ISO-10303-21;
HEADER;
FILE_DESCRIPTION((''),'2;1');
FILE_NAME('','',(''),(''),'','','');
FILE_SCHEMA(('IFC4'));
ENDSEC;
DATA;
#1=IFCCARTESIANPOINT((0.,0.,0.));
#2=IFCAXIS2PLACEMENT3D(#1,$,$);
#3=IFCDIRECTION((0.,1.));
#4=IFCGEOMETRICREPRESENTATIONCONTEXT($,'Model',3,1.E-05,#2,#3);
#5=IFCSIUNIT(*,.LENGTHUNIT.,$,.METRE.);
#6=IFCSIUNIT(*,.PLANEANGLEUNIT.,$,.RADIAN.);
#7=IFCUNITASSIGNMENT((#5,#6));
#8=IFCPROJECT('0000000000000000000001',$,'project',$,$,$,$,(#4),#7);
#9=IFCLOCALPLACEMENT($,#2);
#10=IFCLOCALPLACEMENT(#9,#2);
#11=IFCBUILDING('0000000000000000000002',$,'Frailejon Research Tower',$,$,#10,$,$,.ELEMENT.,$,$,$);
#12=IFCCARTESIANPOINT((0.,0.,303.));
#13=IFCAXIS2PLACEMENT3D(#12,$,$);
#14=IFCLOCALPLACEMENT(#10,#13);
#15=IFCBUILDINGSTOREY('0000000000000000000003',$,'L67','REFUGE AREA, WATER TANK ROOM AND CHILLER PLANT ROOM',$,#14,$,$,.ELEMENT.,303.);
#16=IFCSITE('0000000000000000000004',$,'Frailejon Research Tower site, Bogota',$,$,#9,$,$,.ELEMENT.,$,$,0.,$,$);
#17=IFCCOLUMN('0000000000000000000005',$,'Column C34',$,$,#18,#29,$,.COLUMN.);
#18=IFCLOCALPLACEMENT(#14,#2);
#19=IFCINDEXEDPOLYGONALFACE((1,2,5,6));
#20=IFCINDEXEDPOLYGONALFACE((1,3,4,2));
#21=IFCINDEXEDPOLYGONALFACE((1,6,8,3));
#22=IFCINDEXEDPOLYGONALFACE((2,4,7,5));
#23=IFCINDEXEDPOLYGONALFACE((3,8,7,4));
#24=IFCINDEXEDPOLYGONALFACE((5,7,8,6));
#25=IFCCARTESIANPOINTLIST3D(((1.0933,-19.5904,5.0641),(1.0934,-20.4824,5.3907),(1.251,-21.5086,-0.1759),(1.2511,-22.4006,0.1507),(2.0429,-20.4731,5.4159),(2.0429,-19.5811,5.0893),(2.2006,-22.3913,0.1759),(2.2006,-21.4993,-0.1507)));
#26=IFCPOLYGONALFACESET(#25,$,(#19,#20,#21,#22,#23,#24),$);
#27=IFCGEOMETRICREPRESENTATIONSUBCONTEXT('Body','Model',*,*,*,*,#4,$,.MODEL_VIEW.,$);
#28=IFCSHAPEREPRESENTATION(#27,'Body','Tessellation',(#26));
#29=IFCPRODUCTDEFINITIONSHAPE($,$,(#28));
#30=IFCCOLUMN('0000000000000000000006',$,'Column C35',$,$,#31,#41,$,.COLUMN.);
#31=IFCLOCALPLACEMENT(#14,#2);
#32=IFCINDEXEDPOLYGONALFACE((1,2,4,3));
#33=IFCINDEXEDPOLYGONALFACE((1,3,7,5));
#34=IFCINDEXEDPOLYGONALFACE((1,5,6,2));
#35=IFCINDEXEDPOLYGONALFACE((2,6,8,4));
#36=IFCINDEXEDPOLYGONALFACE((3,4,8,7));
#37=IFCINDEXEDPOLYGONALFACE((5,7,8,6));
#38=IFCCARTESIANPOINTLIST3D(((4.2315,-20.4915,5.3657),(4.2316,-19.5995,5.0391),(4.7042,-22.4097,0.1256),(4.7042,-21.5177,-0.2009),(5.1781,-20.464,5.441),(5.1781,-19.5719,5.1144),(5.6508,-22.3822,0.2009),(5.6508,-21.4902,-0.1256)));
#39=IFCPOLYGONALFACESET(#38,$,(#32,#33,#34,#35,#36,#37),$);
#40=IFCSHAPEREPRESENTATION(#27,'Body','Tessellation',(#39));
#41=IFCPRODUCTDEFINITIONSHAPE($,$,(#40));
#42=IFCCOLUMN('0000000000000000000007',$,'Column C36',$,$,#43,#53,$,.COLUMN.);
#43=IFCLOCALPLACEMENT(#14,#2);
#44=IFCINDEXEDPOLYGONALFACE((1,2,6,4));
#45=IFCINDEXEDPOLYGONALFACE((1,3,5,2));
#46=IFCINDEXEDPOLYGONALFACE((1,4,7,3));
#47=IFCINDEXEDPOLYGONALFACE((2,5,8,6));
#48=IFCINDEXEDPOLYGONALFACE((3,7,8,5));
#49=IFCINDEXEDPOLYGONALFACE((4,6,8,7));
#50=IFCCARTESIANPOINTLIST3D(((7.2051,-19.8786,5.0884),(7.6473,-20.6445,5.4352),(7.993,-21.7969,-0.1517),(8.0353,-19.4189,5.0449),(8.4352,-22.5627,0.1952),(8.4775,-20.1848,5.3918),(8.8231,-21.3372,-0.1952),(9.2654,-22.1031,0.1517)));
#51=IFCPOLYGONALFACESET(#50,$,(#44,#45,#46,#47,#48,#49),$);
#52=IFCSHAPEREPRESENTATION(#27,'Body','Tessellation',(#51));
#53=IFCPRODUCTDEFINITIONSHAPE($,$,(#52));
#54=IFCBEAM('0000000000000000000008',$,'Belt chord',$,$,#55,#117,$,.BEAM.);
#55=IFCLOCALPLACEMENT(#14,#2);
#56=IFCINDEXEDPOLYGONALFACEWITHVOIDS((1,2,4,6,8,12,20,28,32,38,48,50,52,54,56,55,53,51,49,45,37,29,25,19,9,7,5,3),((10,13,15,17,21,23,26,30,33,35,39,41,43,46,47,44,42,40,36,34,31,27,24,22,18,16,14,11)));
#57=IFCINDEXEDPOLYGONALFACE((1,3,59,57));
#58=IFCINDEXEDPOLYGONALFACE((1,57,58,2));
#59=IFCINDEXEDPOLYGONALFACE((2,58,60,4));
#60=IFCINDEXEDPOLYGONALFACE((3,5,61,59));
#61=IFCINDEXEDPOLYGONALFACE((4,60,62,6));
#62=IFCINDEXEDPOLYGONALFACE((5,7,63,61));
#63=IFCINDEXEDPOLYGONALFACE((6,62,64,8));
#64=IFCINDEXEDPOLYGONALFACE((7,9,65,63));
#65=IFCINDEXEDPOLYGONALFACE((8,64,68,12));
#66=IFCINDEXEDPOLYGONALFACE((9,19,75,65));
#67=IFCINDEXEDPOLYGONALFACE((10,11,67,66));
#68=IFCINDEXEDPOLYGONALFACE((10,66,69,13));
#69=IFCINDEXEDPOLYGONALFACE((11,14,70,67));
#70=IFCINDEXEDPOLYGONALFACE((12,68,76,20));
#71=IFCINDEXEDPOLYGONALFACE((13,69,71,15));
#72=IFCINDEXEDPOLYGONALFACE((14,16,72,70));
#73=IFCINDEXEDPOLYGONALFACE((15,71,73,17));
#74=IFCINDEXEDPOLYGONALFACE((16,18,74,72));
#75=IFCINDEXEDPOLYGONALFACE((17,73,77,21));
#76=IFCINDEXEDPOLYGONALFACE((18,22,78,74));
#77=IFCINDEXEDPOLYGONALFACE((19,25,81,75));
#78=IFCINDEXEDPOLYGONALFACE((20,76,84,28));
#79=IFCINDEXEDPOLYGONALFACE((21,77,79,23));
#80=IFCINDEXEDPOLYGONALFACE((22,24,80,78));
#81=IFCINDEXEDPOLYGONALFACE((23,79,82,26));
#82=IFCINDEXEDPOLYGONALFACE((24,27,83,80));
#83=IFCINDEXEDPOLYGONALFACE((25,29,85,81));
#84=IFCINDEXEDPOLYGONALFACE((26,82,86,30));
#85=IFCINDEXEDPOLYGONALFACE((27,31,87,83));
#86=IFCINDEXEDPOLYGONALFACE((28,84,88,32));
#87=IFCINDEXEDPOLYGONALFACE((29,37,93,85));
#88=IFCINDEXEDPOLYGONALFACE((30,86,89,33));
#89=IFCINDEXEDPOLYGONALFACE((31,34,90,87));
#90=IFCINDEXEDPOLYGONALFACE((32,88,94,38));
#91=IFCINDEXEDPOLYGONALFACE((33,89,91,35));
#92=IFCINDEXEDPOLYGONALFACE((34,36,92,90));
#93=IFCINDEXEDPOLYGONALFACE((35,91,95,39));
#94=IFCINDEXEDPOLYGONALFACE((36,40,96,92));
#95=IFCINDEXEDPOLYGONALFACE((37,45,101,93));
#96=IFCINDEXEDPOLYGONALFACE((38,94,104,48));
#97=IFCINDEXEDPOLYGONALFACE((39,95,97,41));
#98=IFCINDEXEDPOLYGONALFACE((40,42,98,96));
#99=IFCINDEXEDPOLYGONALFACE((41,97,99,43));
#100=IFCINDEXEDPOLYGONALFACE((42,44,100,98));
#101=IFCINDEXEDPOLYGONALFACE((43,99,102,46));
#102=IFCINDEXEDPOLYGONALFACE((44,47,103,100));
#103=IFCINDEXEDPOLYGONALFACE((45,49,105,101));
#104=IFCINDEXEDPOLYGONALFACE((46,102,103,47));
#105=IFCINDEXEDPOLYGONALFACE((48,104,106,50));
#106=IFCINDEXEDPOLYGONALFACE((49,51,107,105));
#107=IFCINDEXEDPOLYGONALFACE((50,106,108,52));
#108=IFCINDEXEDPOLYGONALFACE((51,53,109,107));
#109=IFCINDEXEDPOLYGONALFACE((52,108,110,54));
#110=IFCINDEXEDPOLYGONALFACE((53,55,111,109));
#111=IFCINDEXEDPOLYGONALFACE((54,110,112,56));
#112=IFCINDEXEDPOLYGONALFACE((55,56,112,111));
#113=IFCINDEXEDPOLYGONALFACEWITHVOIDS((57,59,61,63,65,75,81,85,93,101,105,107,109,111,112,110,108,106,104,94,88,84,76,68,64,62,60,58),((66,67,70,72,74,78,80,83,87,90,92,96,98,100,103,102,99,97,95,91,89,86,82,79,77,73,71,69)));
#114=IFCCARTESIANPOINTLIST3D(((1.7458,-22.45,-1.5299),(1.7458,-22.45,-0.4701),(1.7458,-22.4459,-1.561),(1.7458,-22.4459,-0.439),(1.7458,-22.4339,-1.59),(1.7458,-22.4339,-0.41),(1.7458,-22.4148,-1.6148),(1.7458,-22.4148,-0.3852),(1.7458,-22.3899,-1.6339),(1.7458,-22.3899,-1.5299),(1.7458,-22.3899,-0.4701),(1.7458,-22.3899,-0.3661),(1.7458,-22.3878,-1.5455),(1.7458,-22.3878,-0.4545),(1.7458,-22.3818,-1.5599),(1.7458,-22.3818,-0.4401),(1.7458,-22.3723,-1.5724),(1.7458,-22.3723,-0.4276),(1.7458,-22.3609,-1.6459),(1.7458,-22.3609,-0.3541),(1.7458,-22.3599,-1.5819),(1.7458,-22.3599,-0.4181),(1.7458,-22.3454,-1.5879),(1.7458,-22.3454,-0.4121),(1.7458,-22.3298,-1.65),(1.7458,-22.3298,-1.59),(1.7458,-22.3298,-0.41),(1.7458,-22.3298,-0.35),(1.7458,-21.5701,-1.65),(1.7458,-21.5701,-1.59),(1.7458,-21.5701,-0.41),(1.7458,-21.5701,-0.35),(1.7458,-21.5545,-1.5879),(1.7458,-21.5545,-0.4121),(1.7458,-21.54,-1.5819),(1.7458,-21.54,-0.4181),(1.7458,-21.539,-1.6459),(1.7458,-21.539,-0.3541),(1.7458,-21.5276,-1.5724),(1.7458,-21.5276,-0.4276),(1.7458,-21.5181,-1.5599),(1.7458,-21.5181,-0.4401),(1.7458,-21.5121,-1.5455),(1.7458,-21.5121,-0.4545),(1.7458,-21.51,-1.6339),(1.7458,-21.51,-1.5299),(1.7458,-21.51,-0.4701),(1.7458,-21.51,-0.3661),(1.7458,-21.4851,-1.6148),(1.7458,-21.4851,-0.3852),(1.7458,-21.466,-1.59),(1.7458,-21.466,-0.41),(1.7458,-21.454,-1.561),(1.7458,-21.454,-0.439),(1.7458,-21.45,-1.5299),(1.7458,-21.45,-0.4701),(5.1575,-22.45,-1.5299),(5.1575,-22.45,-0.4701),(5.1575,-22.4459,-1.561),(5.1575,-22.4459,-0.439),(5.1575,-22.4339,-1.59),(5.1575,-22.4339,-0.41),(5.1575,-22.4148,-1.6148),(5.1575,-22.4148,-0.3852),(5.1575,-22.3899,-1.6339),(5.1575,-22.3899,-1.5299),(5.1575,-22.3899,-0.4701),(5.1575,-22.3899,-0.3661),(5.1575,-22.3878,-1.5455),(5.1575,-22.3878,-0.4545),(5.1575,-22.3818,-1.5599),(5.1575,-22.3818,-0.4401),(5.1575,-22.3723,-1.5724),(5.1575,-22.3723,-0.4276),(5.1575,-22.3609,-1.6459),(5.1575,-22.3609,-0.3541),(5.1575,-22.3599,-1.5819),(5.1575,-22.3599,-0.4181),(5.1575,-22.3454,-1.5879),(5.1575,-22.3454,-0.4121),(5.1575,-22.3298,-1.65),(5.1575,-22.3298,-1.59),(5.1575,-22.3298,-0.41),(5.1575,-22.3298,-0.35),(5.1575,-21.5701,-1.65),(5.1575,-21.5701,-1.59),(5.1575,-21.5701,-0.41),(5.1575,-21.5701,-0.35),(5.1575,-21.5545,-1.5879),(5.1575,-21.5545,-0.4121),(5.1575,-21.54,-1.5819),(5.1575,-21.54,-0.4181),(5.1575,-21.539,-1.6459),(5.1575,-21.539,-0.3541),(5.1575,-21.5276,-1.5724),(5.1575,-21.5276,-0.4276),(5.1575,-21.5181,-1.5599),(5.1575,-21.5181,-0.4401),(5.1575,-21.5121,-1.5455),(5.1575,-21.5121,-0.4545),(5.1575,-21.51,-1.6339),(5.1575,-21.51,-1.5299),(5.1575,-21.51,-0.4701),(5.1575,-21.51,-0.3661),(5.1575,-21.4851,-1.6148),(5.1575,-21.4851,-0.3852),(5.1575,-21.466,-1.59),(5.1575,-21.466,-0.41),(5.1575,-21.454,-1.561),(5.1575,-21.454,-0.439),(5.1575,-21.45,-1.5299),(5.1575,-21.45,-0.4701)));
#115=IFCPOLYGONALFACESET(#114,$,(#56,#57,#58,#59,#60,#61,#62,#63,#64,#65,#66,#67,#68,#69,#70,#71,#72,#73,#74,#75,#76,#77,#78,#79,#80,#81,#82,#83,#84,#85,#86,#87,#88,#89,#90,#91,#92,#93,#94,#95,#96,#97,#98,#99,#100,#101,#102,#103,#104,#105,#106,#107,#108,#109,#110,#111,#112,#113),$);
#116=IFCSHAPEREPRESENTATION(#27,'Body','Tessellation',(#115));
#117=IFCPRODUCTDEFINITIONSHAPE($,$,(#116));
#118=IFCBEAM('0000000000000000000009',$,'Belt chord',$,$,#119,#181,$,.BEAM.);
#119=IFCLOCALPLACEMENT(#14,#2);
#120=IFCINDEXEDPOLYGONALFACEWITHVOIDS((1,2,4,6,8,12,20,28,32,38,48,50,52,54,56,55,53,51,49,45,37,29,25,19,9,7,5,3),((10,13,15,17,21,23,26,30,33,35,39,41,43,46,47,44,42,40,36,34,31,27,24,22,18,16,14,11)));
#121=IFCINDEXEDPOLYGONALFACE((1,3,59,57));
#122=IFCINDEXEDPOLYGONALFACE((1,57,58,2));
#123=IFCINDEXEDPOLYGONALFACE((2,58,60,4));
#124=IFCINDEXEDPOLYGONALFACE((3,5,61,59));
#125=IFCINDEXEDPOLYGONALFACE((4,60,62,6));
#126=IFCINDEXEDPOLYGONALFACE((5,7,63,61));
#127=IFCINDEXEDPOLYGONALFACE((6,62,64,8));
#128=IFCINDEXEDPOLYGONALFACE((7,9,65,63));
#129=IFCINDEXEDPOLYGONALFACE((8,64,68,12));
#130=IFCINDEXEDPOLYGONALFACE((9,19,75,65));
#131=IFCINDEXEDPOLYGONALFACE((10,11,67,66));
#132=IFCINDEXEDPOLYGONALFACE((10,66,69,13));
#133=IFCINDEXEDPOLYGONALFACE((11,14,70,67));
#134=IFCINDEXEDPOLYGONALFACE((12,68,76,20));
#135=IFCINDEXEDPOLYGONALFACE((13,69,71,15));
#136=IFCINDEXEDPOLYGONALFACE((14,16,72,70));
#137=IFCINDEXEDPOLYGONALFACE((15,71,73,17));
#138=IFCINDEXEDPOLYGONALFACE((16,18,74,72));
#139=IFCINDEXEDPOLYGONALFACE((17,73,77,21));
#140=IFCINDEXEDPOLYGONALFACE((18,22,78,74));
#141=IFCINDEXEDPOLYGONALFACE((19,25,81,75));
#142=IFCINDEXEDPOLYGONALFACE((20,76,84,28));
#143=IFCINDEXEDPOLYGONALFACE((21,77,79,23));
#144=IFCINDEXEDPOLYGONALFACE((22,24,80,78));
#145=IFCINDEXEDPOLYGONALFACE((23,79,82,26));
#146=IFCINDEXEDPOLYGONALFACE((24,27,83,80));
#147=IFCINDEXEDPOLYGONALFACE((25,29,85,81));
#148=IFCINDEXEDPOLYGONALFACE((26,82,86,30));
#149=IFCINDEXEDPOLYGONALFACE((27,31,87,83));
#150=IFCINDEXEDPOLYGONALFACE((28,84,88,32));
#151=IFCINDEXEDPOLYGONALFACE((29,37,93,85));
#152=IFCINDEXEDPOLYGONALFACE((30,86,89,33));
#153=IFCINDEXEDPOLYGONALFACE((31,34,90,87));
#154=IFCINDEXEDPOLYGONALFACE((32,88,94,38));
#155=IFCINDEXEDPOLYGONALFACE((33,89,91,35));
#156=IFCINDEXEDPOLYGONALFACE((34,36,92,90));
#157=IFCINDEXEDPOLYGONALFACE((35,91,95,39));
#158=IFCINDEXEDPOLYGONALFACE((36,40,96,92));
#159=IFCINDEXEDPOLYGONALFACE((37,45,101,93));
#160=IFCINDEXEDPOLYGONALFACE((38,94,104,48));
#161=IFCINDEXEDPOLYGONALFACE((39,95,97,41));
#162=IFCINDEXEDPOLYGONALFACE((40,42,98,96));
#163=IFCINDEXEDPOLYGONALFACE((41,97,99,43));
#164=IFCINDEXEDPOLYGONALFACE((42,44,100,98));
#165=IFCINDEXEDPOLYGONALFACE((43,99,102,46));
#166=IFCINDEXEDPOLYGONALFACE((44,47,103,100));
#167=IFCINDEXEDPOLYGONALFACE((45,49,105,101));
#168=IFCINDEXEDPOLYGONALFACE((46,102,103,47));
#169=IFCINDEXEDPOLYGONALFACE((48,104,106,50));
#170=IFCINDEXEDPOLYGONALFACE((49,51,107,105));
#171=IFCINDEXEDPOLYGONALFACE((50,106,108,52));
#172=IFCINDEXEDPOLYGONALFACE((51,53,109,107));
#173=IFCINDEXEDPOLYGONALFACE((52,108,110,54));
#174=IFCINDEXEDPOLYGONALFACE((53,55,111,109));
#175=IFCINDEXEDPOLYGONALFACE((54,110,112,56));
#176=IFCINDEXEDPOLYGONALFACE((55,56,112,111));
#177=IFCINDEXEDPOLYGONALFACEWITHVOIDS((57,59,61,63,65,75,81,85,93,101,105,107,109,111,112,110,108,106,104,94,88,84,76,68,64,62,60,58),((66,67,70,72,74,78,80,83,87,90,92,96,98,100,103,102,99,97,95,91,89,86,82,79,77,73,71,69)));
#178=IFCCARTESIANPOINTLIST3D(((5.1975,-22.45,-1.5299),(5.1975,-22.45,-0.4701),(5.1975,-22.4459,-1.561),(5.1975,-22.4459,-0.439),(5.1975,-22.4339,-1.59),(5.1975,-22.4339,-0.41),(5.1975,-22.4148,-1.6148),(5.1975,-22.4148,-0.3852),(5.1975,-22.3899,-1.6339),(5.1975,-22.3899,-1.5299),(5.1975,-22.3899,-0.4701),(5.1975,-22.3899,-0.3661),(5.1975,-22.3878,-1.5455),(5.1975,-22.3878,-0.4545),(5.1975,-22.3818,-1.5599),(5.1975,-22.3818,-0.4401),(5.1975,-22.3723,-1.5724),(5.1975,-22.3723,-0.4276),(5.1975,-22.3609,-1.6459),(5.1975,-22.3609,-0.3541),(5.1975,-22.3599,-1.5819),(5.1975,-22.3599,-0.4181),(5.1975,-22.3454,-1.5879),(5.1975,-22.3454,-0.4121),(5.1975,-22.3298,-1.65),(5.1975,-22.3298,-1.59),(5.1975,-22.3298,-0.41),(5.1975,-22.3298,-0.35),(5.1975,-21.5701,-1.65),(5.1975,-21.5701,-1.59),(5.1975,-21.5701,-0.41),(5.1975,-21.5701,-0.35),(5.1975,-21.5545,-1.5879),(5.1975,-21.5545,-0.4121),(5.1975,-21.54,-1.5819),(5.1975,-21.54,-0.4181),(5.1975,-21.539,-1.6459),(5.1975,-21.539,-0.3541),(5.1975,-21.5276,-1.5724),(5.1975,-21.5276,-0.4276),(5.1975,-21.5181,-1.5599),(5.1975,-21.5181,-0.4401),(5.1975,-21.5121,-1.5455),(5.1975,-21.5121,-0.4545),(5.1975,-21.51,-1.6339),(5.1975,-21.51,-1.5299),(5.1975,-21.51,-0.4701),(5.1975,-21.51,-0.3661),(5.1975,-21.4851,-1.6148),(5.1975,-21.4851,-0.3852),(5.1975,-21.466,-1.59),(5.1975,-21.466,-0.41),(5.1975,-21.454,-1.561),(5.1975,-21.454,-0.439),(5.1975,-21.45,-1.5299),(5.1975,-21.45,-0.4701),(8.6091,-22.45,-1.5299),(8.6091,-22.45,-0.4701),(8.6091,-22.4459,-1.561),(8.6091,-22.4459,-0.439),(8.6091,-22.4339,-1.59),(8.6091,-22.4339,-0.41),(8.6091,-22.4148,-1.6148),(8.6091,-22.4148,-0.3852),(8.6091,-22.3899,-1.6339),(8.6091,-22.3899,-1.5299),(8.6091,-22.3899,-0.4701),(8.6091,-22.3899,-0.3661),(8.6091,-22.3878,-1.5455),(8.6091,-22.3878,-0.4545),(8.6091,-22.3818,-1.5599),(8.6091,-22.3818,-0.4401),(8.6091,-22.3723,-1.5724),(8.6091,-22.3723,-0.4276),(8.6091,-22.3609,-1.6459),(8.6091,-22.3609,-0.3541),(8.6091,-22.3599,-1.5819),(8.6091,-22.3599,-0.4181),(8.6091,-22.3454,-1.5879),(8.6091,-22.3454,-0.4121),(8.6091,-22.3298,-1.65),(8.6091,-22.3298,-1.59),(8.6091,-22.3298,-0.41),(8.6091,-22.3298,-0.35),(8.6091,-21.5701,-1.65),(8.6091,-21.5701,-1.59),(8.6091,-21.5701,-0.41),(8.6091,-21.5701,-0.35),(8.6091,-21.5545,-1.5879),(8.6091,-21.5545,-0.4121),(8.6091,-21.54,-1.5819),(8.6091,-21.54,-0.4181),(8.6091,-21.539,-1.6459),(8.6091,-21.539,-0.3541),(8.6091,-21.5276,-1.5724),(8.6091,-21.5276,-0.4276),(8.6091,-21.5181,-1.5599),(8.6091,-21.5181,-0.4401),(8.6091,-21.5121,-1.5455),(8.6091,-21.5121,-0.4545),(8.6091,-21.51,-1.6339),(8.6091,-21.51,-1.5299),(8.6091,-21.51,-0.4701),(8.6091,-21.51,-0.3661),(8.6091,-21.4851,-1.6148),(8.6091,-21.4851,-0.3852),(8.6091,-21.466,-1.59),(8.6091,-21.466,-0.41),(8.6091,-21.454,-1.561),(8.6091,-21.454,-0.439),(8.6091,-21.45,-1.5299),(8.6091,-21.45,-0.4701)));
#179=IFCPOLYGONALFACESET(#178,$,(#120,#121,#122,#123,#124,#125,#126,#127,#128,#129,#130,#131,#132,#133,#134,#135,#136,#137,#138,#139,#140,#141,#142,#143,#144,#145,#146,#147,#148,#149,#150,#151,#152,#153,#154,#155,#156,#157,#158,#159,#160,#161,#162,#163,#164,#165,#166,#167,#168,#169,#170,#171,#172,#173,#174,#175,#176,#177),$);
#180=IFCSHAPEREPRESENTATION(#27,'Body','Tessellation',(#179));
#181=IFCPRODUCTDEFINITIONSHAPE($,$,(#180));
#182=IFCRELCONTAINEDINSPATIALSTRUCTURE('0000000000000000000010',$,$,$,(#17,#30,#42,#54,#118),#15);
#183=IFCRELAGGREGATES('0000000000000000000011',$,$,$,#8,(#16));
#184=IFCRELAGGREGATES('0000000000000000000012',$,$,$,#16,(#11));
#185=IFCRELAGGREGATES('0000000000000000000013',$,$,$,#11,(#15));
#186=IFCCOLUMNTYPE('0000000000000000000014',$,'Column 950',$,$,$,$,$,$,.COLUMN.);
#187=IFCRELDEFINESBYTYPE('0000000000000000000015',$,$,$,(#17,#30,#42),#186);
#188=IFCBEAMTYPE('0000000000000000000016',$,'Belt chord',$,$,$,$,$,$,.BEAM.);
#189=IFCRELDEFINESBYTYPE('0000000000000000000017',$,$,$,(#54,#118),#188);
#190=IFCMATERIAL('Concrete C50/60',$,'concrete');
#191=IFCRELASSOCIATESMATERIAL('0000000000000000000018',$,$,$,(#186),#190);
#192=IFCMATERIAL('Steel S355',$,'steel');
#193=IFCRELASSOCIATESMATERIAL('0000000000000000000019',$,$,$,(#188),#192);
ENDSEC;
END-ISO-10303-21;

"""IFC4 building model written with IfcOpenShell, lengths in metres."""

from ifc_helpers import new_model, si_unit, direction, frame, origin, origin_2d, place, context, subcontext, project, spatial, rectangle, hollow_rectangle, extrude, material, material_profile, profile_set, type_object, element, save


model = new_model("IFC4")

# Units and contexts
model_context = context("Model", 3, precision=1e-05, world=origin(), true_north=direction((0.0, 1.0)))
body_context = subcontext(model_context, "Body", "Model", "MODEL_VIEW")
ifc_project = project(units=[si_unit("LENGTHUNIT", "METRE"), si_unit("PLANEANGLEUNIT", "RADIAN")], contexts=[model_context])

# Site, building, storey
site_placement = place(None, origin())
site = spatial("IfcSite", under=ifc_project, at=site_placement, Name="Frailejon Research Tower site, Bogota", CompositionType="ELEMENT", RefElevation=0.0)
building_placement = place(site_placement, origin())
building = spatial("IfcBuilding", under=site, at=building_placement, Name="Frailejon Research Tower", CompositionType="ELEMENT")
storey_placement = place(building_placement, frame((0.0, 0.0, 303.0)))
storey = spatial("IfcBuildingStorey", under=building, at=storey_placement, Name="L67", Description="REFUGE AREA, WATER TANK ROOM AND CHILLER PLANT ROOM", CompositionType="ELEMENT", Elevation=303.0)

# Columns
ifc_material_1 = material(Name="Concrete C50/60", Category="concrete")
ifc_material_profile_1 = material_profile(ifc_material_1, rectangle(XDim=0.95, YDim=0.95, at=origin_2d()), Name="Column 950")
ifc_profile_set_1 = profile_set([ifc_material_profile_1], Name="Concrete C50/60")
column_type = type_object("IfcColumnType", Name="Column 950", PredefinedType="COLUMN", material=ifc_profile_set_1)
column_1_placement = place(storey_placement, frame((1.7258, -21.95, 0.0), z_axis=(-0.028253, 0.343625, 0.938682), x_axis=(0.999601, 0.009777, 0.026507)))
element("IfcColumn", 1, at=column_1_placement, inside=storey, type_object=column_type, Name="Column C34", PredefinedType="COLUMN", context=body_context, shape_type="SweptSolid", body=[
    extrude(rectangle(XDim=0.95, YDim=0.95, at=origin_2d()), origin(), (0.0, 0.0, 1.0), 5.5823),
])
column_2_placement = place(storey_placement, frame((5.1775, -21.95, 0.0), z_axis=(-0.084402, 0.342536, 0.935706), x_axis=(0.996432, 0.028986, 0.079269)))
element("IfcColumn", 2, at=column_2_placement, inside=storey, type_object=column_type, Name="Column C35", PredefinedType="COLUMN", context=body_context, shape_type="SweptSolid", body=[
    extrude(rectangle(XDim=0.95, YDim=0.95, at=origin_2d()), origin(), (0.0, 0.0, 1.0), 5.6001),
])
column_3_placement = place(storey_placement, frame((8.6292, -21.95, 0.0), z_axis=(-0.139802, 0.340386, 0.929835), x_axis=(0.873935, 0.483886, -0.045739)))
element("IfcColumn", 3, at=column_3_placement, inside=storey, type_object=column_type, Name="Column C36", PredefinedType="COLUMN", context=body_context, shape_type="SweptSolid", body=[
    extrude(rectangle(XDim=0.95, YDim=0.95, at=origin_2d()), origin(), (0.0, 0.0, 1.0), 5.6355),
])

# Beams
ifc_material_2 = material(Name="Steel S355", Category="steel")
ifc_material_profile_2 = material_profile(ifc_material_2, hollow_rectangle(XDim=1.0, YDim=1.3, WallThickness=0.0601, InnerFilletRadius=0.0601, OuterFilletRadius=0.1201, at=origin_2d()), Name="Belt chord")
ifc_profile_set_2 = profile_set([ifc_material_profile_2], Name="Steel S355")
beam_type_1 = type_object("IfcBeamType", Name="Belt chord", PredefinedType="BEAM", material=ifc_profile_set_2)
for number, where, z_axis, x_axis, name in (
    (4, (1.7458, -21.95, -1.0), (1.0, 0.0, 0.0), (0.0, 1.0, 0.0), "Belt chord"),
    (5, (5.1975, -21.95, -1.0), (1.0, 0.0, 0.0), (0.0, 1.0, 0.0), "Belt chord"),
):
    element("IfcBeam", number, at=place(storey_placement, frame(where, z_axis=z_axis, x_axis=x_axis)), inside=storey, type_object=beam_type_1, Name=name, PredefinedType="BEAM", context=body_context, shape_type="SweptSolid", body=[
        extrude(hollow_rectangle(XDim=1.0, YDim=1.3, WallThickness=0.0601, InnerFilletRadius=0.0601, OuterFilletRadius=0.1201, at=origin_2d()), origin(), (0.0, 0.0, 1.0), 3.4116),
    ])

save(model, "model.ifc")
